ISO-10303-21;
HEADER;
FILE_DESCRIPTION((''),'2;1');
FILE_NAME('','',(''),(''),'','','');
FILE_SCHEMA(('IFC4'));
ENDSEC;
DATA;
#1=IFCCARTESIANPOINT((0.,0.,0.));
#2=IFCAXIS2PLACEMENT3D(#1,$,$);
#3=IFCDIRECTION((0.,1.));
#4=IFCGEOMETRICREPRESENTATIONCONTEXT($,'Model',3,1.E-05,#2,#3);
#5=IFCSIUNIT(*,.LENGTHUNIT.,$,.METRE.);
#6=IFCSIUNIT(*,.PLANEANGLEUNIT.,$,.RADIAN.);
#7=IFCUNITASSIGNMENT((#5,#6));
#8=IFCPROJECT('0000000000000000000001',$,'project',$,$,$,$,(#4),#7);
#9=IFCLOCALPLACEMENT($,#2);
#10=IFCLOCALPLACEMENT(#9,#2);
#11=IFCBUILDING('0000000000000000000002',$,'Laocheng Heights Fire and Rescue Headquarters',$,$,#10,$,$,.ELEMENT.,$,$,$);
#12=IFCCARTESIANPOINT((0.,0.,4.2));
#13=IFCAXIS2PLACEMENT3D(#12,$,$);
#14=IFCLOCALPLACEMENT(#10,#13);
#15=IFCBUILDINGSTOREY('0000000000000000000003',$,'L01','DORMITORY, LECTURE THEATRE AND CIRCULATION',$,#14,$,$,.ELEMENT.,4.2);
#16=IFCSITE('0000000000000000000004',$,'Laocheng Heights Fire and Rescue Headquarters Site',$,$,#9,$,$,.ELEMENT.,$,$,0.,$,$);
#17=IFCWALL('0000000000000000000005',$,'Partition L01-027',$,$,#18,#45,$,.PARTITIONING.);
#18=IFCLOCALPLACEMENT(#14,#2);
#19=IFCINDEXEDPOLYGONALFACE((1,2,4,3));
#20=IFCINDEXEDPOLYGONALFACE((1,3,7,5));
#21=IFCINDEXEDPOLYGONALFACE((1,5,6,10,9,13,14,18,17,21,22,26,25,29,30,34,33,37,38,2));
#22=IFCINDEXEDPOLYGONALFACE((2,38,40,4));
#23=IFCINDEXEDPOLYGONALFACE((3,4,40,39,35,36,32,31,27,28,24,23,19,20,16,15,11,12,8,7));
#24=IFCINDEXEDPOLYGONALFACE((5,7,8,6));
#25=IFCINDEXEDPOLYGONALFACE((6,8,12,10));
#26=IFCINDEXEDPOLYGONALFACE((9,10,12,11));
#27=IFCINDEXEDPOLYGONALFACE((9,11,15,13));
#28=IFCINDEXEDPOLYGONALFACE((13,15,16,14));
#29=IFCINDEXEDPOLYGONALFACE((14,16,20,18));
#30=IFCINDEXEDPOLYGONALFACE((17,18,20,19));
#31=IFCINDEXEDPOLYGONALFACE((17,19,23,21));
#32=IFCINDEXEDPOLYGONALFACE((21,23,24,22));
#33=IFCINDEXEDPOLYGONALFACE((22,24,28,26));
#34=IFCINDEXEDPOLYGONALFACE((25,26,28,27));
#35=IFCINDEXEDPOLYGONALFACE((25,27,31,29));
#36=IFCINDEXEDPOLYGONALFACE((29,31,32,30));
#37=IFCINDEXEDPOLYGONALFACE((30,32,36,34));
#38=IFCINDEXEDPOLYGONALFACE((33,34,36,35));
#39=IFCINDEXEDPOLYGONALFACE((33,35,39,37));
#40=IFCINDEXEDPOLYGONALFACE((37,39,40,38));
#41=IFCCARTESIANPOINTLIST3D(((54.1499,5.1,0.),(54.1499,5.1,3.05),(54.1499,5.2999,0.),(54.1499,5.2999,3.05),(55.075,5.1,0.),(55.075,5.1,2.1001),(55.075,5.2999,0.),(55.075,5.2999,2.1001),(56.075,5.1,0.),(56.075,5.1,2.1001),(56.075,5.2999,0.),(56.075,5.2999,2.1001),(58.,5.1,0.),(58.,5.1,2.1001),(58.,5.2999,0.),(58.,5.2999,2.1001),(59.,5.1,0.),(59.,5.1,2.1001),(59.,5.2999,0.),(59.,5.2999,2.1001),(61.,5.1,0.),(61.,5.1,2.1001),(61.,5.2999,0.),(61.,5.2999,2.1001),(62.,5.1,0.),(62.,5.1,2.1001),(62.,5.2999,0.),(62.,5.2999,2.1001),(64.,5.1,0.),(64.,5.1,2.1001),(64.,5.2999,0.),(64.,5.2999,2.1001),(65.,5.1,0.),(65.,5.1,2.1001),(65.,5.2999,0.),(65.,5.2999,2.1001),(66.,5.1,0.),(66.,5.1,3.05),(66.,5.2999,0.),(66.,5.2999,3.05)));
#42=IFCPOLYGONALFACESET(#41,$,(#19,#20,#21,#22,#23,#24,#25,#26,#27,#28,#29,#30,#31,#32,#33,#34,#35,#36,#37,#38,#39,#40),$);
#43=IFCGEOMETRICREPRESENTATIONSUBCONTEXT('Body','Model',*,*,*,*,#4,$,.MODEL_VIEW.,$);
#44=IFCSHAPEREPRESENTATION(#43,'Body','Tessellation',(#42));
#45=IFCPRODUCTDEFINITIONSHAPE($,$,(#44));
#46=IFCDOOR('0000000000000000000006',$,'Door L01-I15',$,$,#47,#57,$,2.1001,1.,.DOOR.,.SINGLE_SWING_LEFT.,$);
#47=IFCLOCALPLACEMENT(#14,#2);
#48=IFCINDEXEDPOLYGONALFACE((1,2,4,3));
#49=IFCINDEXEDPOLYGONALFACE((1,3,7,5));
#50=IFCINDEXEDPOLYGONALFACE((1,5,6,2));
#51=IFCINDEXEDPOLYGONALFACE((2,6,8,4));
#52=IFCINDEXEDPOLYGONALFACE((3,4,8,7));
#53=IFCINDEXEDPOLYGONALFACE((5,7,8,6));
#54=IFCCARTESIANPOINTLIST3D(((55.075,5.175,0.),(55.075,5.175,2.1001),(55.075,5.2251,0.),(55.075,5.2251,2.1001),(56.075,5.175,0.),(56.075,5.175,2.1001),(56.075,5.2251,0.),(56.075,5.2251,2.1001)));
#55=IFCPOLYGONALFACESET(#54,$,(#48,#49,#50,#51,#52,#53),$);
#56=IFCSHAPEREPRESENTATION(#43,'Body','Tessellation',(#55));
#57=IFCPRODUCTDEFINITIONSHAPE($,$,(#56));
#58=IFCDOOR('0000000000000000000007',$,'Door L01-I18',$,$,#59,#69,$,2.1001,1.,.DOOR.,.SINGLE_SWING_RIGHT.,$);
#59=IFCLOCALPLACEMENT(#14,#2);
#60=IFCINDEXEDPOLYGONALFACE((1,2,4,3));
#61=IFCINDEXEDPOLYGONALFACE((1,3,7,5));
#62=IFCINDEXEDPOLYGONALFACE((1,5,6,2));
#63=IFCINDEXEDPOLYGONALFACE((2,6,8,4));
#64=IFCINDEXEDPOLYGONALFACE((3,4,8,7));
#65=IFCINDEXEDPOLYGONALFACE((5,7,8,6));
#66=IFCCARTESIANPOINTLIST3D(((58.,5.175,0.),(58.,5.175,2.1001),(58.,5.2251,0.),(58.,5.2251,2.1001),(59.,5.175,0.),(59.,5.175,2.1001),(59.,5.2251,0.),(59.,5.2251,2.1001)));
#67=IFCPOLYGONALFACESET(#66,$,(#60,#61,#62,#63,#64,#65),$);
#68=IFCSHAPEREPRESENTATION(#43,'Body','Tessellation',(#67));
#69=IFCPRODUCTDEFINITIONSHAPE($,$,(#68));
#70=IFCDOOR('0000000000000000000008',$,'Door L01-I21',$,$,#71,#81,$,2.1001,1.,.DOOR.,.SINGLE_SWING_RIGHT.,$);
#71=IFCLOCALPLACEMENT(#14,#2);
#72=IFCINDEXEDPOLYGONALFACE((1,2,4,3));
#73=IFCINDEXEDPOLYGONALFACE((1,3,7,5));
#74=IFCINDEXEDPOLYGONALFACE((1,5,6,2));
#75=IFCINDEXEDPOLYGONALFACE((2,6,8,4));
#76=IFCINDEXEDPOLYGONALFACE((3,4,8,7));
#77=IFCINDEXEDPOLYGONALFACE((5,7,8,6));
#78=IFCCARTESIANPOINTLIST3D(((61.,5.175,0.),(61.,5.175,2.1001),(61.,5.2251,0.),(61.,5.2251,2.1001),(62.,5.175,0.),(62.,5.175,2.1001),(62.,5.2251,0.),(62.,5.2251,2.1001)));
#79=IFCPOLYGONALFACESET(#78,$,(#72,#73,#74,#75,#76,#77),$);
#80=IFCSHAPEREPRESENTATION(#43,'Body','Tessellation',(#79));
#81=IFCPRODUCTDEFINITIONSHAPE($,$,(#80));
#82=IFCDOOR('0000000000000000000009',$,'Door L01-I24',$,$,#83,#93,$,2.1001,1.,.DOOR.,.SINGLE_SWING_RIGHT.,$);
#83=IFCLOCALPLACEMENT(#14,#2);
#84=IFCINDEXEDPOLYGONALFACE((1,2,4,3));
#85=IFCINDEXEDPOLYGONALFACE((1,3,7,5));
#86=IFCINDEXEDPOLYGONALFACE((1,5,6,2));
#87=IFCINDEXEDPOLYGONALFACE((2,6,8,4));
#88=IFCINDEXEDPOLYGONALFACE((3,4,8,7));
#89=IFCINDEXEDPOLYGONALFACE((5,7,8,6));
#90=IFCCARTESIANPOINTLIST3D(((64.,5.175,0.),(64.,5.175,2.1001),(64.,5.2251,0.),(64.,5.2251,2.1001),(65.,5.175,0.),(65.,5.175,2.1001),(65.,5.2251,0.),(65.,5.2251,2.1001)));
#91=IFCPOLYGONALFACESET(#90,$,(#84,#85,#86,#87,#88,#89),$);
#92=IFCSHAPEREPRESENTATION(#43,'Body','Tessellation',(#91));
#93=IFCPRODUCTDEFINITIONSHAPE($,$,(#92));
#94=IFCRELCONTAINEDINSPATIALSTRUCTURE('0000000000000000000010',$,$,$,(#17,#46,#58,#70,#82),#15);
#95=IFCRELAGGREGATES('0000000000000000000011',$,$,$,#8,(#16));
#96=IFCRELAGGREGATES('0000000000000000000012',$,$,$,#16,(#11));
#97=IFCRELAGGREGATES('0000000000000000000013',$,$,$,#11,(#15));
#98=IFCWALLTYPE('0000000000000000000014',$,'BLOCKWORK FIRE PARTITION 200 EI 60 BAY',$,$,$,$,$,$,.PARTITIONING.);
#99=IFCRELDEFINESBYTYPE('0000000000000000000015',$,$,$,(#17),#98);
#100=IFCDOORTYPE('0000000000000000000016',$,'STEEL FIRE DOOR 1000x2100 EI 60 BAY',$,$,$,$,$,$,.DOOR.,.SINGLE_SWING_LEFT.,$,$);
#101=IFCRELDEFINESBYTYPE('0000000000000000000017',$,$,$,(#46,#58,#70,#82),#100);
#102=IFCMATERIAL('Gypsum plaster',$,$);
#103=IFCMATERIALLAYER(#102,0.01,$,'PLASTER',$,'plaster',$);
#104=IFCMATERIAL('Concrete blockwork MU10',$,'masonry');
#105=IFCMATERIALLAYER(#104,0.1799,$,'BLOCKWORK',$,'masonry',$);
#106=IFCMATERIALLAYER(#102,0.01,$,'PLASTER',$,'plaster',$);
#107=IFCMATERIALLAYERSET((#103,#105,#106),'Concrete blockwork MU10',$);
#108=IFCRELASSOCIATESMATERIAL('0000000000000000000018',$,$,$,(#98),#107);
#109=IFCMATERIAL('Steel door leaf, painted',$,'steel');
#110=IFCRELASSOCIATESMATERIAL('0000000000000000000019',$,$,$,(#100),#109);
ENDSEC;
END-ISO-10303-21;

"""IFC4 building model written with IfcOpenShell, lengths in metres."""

from ifc_helpers import new_model, si_unit, direction, frame, frame_2d, origin, place, context, subcontext, project, spatial, rectangle, extrude, material, layer, layer_set, type_object, element, fill, save


model = new_model("IFC4")

# Units and contexts
model_context = context("Model", 3, precision=1e-05, world=origin(), true_north=direction((0.0, 1.0)))
body_context = subcontext(model_context, "Body", "Model", "MODEL_VIEW")
ifc_project = project(units=[si_unit("LENGTHUNIT", "METRE"), si_unit("PLANEANGLEUNIT", "RADIAN")], contexts=[model_context])

# Site, building, storey
site_placement = place(None, origin())
site = spatial("IfcSite", under=ifc_project, at=site_placement, Name="Laocheng Heights Fire and Rescue Headquarters Site", CompositionType="ELEMENT", RefElevation=0.0)
building_placement = place(site_placement, origin())
building = spatial("IfcBuilding", under=site, at=building_placement, Name="Laocheng Heights Fire and Rescue Headquarters", CompositionType="ELEMENT")
storey_placement = place(building_placement, frame((0.0, 0.0, 4.2)))
storey = spatial("IfcBuildingStorey", under=building, at=storey_placement, Name="L01", Description="DORMITORY, LECTURE THEATRE AND CIRCULATION", CompositionType="ELEMENT", Elevation=4.2)

# Wall, openings, doors
ifc_material_1 = material(Name="Gypsum plaster")
ifc_layer_1 = layer(ifc_material_1, 0.01, Name="PLASTER", Category="plaster")
ifc_material_2 = material(Name="Concrete blockwork MU10", Category="masonry")
ifc_layer_2 = layer(ifc_material_2, 0.1799, Name="BLOCKWORK", Category="masonry")
ifc_layer_3 = layer(ifc_material_1, 0.01, Name="PLASTER", Category="plaster")
ifc_layer_set_1 = layer_set([ifc_layer_1, ifc_layer_2, ifc_layer_3], Name="Concrete blockwork MU10")
wall_type_1 = type_object("IfcWallType", Name="BLOCKWORK FIRE PARTITION 200 EI 60 BAY", PredefinedType="PARTITIONING", material=ifc_layer_set_1)
wall_1_placement = place(storey_placement, frame((54.1499, 5.2, 0.0), z_axis=(0.0, 0.0, 1.0), x_axis=(1.0, 0.0, 0.0)))
wall_1 = element("IfcWall", 1, at=wall_1_placement, inside=storey, type_object=wall_type_1, Name="Partition L01-027", PredefinedType="PARTITIONING", context=body_context, shape_type="SweptSolid", body=[
    extrude(rectangle(XDim=11.8501, YDim=0.2, at=frame_2d((5.925, 0.0))), origin(), (0.0, 0.0, 1.0), 3.05),
])
opening_1_placement = place(wall_1_placement, frame((0.925, 0.0, 0.0)))
opening_1 = element("IfcOpeningElement", 2, at=opening_1_placement, cuts=wall_1, PredefinedType="OPENING", context=body_context, shape_type="SweptSolid", body=[
    extrude(rectangle(XDim=1.0, YDim=2.1001, at=frame_2d((0.5, 1.05))), frame((0.0, 0.1099, 0.0), z_axis=(0.0, -1.0, 0.0), x_axis=(1.0, 0.0, 0.0)), (0.0, 0.0, 1.0), 0.22),
])
opening_2_placement = place(wall_1_placement, frame((3.8501, 0.0, 0.0)))
opening_2 = element("IfcOpeningElement", 3, at=opening_2_placement, cuts=wall_1, PredefinedType="OPENING", context=body_context, shape_type="SweptSolid", body=[
    extrude(rectangle(XDim=1.0, YDim=2.1001, at=frame_2d((0.5, 1.05))), frame((0.0, 0.1099, 0.0), z_axis=(0.0, -1.0, 0.0), x_axis=(1.0, 0.0, 0.0)), (0.0, 0.0, 1.0), 0.22),
])
opening_3_placement = place(wall_1_placement, frame((6.8501, 0.0, 0.0)))
opening_3 = element("IfcOpeningElement", 4, at=opening_3_placement, cuts=wall_1, PredefinedType="OPENING", context=body_context, shape_type="SweptSolid", body=[
    extrude(rectangle(XDim=1.0, YDim=2.1001, at=frame_2d((0.5, 1.05))), frame((0.0, 0.1099, 0.0), z_axis=(0.0, -1.0, 0.0), x_axis=(1.0, 0.0, 0.0)), (0.0, 0.0, 1.0), 0.22),
])
opening_4_placement = place(wall_1_placement, frame((9.8501, 0.0, 0.0)))
opening_4 = element("IfcOpeningElement", 5, at=opening_4_placement, cuts=wall_1, PredefinedType="OPENING", context=body_context, shape_type="SweptSolid", body=[
    extrude(rectangle(XDim=1.0, YDim=2.1001, at=frame_2d((0.5, 1.05))), frame((0.0, 0.1099, 0.0), z_axis=(0.0, -1.0, 0.0), x_axis=(1.0, 0.0, 0.0)), (0.0, 0.0, 1.0), 0.22),
])
ifc_material_3 = material(Name="Steel door leaf, painted", Category="steel")
door_type = type_object("IfcDoorType", Name="STEEL FIRE DOOR 1000x2100 EI 60 BAY", OperationType="SINGLE_SWING_LEFT", PredefinedType="DOOR", material=ifc_material_3)
door_1_placement = place(opening_1_placement, frame((1.0, 0.0, 0.0), z_axis=(0.0, 0.0, 1.0), x_axis=(-1.0, 0.0, 0.0)))
door_1 = element("IfcDoor", 6, at=door_1_placement, inside=storey, type_object=door_type, Name="Door L01-I15", OperationType="SINGLE_SWING_LEFT", OverallHeight=2.1001, OverallWidth=1.0, PredefinedType="DOOR", context=body_context, shape_type="SweptSolid", body=[
    extrude(rectangle(XDim=1.0, YDim=2.1001, at=frame_2d((0.5, 1.05))), frame((0.0, 0.0249, 0.0), z_axis=(0.0, -1.0, 0.0), x_axis=(1.0, 0.0, 0.0)), (0.0, 0.0, 1.0), 0.05),
])
fill(opening_1, door_1)
door_2_placement = place(opening_2_placement, frame((1.0, 0.0, 0.0), z_axis=(0.0, 0.0, 1.0), x_axis=(-1.0, 0.0, 0.0)))
door_2 = element("IfcDoor", 7, at=door_2_placement, inside=storey, type_object=door_type, Name="Door L01-I18", OperationType="SINGLE_SWING_RIGHT", OverallHeight=2.1001, OverallWidth=1.0, PredefinedType="DOOR", context=body_context, shape_type="SweptSolid", body=[
    extrude(rectangle(XDim=1.0, YDim=2.1001, at=frame_2d((0.5, 1.05))), frame((0.0, 0.0249, 0.0), z_axis=(0.0, -1.0, 0.0), x_axis=(1.0, 0.0, 0.0)), (0.0, 0.0, 1.0), 0.05),
])
fill(opening_2, door_2)
door_3_placement = place(opening_3_placement, frame((1.0, 0.0, 0.0), z_axis=(0.0, 0.0, 1.0), x_axis=(-1.0, 0.0, 0.0)))
door_3 = element("IfcDoor", 8, at=door_3_placement, inside=storey, type_object=door_type, Name="Door L01-I21", OperationType="SINGLE_SWING_RIGHT", OverallHeight=2.1001, OverallWidth=1.0, PredefinedType="DOOR", context=body_context, shape_type="SweptSolid", body=[
    extrude(rectangle(XDim=1.0, YDim=2.1001, at=frame_2d((0.5, 1.05))), frame((0.0, 0.0249, 0.0), z_axis=(0.0, -1.0, 0.0), x_axis=(1.0, 0.0, 0.0)), (0.0, 0.0, 1.0), 0.05),
])
fill(opening_3, door_3)
door_4_placement = place(opening_4_placement, frame((1.0, 0.0, 0.0), z_axis=(0.0, 0.0, 1.0), x_axis=(-1.0, 0.0, 0.0)))
door_4 = element("IfcDoor", 9, at=door_4_placement, inside=storey, type_object=door_type, Name="Door L01-I24", OperationType="SINGLE_SWING_RIGHT", OverallHeight=2.1001, OverallWidth=1.0, PredefinedType="DOOR", context=body_context, shape_type="SweptSolid", body=[
    extrude(rectangle(XDim=1.0, YDim=2.1001, at=frame_2d((0.5, 1.05))), frame((0.0, 0.0249, 0.0), z_axis=(0.0, -1.0, 0.0), x_axis=(1.0, 0.0, 0.0)), (0.0, 0.0, 1.0), 0.05),
])
fill(opening_4, door_4)

save(model, "model.ifc")
